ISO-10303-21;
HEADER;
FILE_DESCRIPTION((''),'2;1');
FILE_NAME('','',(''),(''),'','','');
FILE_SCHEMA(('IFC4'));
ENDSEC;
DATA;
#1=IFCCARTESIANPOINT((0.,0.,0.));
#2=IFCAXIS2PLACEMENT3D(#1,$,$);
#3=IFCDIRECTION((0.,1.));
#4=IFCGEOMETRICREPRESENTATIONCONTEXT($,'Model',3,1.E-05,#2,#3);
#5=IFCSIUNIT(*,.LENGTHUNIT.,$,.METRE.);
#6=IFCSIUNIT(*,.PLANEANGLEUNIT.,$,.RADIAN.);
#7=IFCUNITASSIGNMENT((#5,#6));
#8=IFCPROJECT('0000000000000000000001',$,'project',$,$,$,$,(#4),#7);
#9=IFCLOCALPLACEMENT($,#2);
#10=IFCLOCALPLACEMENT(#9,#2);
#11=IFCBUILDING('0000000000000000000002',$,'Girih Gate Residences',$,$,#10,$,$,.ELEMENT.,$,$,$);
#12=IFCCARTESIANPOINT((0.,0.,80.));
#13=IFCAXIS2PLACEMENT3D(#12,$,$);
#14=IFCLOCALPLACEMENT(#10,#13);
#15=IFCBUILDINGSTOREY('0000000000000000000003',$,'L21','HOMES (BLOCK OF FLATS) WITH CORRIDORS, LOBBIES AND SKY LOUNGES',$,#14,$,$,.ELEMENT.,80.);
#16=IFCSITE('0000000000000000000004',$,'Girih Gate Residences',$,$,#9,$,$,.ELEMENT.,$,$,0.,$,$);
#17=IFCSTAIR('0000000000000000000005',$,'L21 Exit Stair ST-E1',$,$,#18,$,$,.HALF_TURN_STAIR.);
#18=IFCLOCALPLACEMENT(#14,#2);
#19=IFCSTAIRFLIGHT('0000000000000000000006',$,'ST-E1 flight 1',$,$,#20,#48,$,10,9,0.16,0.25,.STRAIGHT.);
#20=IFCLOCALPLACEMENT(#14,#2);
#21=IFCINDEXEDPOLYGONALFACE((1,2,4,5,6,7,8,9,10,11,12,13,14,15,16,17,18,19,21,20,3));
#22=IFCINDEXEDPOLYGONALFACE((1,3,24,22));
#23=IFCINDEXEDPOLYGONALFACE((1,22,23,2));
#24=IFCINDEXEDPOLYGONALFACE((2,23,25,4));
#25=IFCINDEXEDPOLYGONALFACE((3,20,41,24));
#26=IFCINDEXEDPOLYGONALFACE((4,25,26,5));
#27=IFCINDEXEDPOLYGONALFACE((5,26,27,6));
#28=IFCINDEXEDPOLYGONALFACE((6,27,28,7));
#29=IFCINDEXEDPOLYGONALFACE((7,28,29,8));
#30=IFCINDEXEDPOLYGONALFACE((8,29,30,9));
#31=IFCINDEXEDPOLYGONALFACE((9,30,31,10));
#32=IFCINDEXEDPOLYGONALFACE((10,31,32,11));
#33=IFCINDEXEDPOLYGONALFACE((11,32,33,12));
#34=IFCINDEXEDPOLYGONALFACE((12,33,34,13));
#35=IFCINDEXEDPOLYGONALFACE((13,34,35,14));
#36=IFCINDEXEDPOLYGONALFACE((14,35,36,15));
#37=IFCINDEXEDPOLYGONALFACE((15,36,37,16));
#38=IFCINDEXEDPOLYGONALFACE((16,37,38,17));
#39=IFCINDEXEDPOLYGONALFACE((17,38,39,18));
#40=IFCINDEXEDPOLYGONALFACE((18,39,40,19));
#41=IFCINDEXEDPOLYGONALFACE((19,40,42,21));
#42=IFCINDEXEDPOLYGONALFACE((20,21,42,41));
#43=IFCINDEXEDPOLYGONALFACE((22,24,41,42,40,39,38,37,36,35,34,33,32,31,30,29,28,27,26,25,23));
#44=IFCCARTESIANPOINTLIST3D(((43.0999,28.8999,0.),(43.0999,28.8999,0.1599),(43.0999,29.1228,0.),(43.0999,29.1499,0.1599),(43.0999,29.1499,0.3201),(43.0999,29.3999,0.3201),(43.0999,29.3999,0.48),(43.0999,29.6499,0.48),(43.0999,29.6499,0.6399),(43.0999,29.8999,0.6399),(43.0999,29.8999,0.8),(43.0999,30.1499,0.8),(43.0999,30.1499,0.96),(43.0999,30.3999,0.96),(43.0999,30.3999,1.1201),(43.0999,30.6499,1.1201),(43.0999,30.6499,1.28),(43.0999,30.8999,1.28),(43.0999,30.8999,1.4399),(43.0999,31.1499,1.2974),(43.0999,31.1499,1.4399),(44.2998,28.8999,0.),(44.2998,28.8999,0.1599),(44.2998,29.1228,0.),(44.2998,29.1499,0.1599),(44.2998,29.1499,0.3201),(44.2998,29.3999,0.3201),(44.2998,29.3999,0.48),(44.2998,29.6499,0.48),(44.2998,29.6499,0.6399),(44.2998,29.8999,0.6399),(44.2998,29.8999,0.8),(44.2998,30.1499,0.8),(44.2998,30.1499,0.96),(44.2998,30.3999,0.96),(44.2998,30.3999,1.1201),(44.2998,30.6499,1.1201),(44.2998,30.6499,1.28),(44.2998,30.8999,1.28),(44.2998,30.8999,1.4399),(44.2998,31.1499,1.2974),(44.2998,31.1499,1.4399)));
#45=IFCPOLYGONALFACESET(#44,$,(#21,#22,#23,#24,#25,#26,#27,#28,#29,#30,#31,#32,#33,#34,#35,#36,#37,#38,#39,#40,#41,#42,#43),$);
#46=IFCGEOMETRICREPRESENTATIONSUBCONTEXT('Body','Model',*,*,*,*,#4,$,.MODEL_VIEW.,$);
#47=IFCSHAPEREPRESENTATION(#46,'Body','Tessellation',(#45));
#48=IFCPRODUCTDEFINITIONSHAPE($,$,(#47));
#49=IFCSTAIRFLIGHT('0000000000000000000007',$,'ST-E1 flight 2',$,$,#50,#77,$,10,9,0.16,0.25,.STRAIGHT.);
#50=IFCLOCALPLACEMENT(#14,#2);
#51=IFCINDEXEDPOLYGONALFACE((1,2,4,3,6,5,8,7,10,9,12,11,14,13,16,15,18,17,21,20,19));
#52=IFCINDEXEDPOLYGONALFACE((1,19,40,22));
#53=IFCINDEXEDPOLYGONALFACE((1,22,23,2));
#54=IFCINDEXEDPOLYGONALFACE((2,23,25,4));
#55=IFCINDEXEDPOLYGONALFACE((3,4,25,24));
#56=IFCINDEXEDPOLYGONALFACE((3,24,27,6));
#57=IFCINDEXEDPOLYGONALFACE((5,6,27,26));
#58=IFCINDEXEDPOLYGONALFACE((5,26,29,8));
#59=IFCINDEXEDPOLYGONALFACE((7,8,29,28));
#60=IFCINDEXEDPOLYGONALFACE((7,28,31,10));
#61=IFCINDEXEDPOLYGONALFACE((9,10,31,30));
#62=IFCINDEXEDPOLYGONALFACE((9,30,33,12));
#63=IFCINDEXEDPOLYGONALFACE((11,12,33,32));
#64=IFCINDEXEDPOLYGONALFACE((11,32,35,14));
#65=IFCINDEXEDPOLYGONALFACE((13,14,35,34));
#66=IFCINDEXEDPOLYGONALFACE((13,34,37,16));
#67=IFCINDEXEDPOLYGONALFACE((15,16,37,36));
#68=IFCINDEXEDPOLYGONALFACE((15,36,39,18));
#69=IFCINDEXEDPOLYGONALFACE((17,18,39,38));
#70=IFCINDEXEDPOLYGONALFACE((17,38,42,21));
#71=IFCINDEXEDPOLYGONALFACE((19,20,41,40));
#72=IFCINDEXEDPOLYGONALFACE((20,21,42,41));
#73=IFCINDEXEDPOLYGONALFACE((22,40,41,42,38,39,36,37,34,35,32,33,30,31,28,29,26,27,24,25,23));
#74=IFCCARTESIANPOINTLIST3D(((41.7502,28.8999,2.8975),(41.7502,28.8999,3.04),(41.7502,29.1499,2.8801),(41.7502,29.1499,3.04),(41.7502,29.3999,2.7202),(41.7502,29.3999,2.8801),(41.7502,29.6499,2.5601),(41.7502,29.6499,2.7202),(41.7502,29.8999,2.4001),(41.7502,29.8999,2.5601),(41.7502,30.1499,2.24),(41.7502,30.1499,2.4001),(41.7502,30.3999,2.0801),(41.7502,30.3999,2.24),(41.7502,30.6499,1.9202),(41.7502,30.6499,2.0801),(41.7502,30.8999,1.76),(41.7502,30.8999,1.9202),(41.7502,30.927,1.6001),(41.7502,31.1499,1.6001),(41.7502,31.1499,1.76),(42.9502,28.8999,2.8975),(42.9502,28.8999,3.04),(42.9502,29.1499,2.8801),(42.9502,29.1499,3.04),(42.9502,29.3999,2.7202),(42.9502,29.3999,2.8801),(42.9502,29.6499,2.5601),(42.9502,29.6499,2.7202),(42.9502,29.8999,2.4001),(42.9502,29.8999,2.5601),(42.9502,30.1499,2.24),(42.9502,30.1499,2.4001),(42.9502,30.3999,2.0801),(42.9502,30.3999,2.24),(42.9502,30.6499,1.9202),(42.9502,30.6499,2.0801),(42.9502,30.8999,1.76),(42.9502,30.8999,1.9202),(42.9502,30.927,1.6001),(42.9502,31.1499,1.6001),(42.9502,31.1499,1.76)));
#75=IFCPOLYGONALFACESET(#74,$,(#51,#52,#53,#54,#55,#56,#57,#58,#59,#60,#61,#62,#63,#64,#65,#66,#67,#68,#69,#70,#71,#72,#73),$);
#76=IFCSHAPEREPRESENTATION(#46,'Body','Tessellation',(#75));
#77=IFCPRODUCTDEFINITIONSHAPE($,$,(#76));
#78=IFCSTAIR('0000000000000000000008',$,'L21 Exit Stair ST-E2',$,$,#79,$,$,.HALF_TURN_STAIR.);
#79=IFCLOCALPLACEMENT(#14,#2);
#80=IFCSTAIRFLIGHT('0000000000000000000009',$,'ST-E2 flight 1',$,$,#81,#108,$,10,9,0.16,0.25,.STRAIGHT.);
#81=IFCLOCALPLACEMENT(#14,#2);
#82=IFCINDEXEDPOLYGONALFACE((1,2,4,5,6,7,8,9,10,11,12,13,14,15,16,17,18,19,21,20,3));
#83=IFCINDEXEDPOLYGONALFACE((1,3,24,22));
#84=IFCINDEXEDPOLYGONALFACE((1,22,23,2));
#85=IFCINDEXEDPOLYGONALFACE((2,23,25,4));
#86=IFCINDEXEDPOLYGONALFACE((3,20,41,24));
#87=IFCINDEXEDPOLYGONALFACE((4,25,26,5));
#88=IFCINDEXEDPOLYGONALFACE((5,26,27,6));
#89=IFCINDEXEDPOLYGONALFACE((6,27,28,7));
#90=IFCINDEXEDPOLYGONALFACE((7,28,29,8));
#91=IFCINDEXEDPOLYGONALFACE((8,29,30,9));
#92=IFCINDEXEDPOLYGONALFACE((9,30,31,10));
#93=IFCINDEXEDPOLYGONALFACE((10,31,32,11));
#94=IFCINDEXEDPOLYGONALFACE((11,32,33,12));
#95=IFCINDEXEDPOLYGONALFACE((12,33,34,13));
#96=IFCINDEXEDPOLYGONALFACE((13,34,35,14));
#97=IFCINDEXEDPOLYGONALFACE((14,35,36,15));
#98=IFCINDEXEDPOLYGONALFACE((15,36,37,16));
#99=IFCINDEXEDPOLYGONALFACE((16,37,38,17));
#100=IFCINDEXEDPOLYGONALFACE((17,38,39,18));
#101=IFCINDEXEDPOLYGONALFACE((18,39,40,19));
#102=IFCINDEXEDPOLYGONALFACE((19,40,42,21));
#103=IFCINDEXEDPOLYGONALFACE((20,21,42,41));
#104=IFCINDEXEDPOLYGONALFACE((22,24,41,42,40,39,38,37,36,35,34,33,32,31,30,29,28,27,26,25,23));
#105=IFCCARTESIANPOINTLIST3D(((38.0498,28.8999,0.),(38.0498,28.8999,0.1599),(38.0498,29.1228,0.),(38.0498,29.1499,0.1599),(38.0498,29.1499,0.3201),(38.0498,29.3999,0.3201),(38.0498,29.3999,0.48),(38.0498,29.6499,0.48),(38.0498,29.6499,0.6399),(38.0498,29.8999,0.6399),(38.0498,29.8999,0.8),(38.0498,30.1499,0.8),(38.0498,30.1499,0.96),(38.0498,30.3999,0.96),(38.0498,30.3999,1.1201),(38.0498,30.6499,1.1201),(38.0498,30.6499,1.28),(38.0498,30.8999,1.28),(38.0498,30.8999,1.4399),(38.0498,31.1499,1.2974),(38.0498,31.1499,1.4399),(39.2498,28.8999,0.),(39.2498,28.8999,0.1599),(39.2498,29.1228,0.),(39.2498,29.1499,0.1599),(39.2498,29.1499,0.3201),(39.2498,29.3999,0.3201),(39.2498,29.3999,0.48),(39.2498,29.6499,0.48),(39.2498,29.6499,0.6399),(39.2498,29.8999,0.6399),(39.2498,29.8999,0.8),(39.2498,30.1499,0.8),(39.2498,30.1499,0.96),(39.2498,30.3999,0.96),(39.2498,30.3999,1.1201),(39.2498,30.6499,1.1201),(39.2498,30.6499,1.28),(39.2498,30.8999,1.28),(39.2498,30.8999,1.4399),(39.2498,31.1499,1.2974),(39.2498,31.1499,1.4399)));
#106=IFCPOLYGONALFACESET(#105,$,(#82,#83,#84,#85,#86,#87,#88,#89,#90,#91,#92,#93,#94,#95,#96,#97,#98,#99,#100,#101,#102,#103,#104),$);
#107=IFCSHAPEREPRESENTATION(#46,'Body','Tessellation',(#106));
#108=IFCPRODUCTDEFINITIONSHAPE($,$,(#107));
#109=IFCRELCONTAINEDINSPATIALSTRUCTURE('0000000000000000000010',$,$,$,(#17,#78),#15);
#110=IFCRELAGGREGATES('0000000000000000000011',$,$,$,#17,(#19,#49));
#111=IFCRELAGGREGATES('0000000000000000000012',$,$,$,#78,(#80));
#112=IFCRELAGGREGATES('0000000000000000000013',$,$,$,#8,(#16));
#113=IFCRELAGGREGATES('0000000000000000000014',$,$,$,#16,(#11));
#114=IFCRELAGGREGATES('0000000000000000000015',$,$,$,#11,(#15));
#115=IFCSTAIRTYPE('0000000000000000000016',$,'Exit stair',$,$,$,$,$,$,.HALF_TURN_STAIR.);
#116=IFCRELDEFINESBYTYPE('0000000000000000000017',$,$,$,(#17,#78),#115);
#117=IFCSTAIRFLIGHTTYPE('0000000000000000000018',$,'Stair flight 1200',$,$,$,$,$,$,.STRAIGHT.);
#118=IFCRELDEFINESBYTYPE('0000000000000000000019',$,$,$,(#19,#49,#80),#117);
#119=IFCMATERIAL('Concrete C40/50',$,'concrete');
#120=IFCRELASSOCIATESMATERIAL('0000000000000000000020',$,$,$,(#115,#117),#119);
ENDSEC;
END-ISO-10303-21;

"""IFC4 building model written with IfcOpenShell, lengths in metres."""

from ifc_helpers import new_model, si_unit, direction, frame, origin, place, context, subcontext, project, spatial, polyline, outline, extrude, material, type_object, element, aggregate, save


model = new_model("IFC4")

# Units and contexts
model_context = context("Model", 3, precision=1e-05, world=origin(), true_north=direction((0.0, 1.0)))
body_context = subcontext(model_context, "Body", "Model", "MODEL_VIEW")
ifc_project = project(units=[si_unit("LENGTHUNIT", "METRE"), si_unit("PLANEANGLEUNIT", "RADIAN")], contexts=[model_context])

# Site, building, storey
site_placement = place(None, origin())
site = spatial("IfcSite", under=ifc_project, at=site_placement, Name="Girih Gate Residences", CompositionType="ELEMENT", RefElevation=0.0)
building_placement = place(site_placement, origin())
building = spatial("IfcBuilding", under=site, at=building_placement, Name="Girih Gate Residences", CompositionType="ELEMENT")
storey_placement = place(building_placement, frame((0.0, 0.0, 80.0)))
storey = spatial("IfcBuildingStorey", under=building, at=storey_placement, Name="L21", Description="HOMES (BLOCK OF FLATS) WITH CORRIDORS, LOBBIES AND SKY LOUNGES", CompositionType="ELEMENT", Elevation=80.0)

# Shared definitions
ifc_material_1 = material(Name="Concrete C40/50", Category="concrete")

# Stair, stair flights
stair_type = type_object("IfcStairType", Name="Exit stair", PredefinedType="HALF_TURN_STAIR", material=ifc_material_1)
stair_1_placement = place(storey_placement, origin())
stair_1 = element("IfcStair", 1, at=stair_1_placement, inside=storey, type_object=stair_type, Name="L21 Exit Stair ST-E1", PredefinedType="HALF_TURN_STAIR")
stair_flight_type = type_object("IfcStairFlightType", Name="Stair flight 1200", PredefinedType="STRAIGHT", material=ifc_material_1)
stair_flight_1_placement = place(storey_placement, frame((43.7, 28.8999, 0.0), z_axis=(0.0, 0.0, 1.0), x_axis=(0.0, 1.0, 0.0)))
stair_flight_1 = element("IfcStairFlight", 2, at=stair_flight_1_placement, type_object=stair_flight_type, Name="ST-E1 flight 1", NumberOfRisers=10, NumberOfTreads=9, PredefinedType="STRAIGHT", RiserHeight=0.16, TreadLength=0.25, context=body_context, shape_type="SweptSolid", body=[
    extrude(outline(polyline([(0.0, 0.0), (0.0, 0.1599), (0.25, 0.1599), (0.25, 0.3201), (0.5, 0.3201), (0.5, 0.48), (0.75, 0.48), (0.75, 0.6399), (1.0, 0.6399), (1.0, 0.8), (1.25, 0.8), (1.25, 0.96), (1.5, 0.96), (1.5, 1.1201), (1.75, 1.1201), (1.75, 1.28), (2.0, 1.28), (2.0, 1.4399), (2.25, 1.4399), (2.25, 1.6001), (2.25, 1.2974), (0.2229, 0.0), (0.0, 0.0)])), frame((0.0, 0.6001, 0.0), z_axis=(0.0, -1.0, 0.0), x_axis=(1.0, 0.0, 0.0)), (0.0, 0.0, 1.0), 1.2),
])
stair_flight_2_placement = place(storey_placement, frame((42.3501, 31.1499, 1.6001), z_axis=(0.0, 0.0, 1.0), x_axis=(0.0, -1.0, 0.0)))
stair_flight_2 = element("IfcStairFlight", 3, at=stair_flight_2_placement, type_object=stair_flight_type, Name="ST-E1 flight 2", NumberOfRisers=10, NumberOfTreads=9, PredefinedType="STRAIGHT", RiserHeight=0.16, TreadLength=0.25, context=body_context, shape_type="SweptSolid", body=[
    extrude(outline(polyline([(0.0, 0.0), (0.0, 0.1599), (0.25, 0.1599), (0.25, 0.3201), (0.5, 0.3201), (0.5, 0.48), (0.75, 0.48), (0.75, 0.6399), (1.0, 0.6399), (1.0, 0.8), (1.25, 0.8), (1.25, 0.96), (1.5, 0.96), (1.5, 1.1201), (1.75, 1.1201), (1.75, 1.28), (2.0, 1.28), (2.0, 1.4399), (2.25, 1.4399), (2.25, 1.6001), (2.25, 1.2974), (0.2229, 0.0), (0.0, 0.0)])), frame((0.0, 0.6001, 0.0), z_axis=(0.0, -1.0, 0.0), x_axis=(1.0, 0.0, 0.0)), (0.0, 0.0, 1.0), 1.2),
])
aggregate(stair_1, [stair_flight_1, stair_flight_2])

# Stair, stair flight
stair_2_placement = place(storey_placement, origin())
stair_2 = element("IfcStair", 4, at=stair_2_placement, inside=storey, type_object=stair_type, Name="L21 Exit Stair ST-E2", PredefinedType="HALF_TURN_STAIR")
stair_flight_3_placement = place(storey_placement, frame((38.6499, 28.8999, 0.0), z_axis=(0.0, 0.0, 1.0), x_axis=(0.0, 1.0, 0.0)))
stair_flight_3 = element("IfcStairFlight", 5, at=stair_flight_3_placement, type_object=stair_flight_type, Name="ST-E2 flight 1", NumberOfRisers=10, NumberOfTreads=9, PredefinedType="STRAIGHT", RiserHeight=0.16, TreadLength=0.25, context=body_context, shape_type="SweptSolid", body=[
    extrude(outline(polyline([(0.0, 0.0), (0.0, 0.1599), (0.25, 0.1599), (0.25, 0.3201), (0.5, 0.3201), (0.5, 0.48), (0.75, 0.48), (0.75, 0.6399), (1.0, 0.6399), (1.0, 0.8), (1.25, 0.8), (1.25, 0.96), (1.5, 0.96), (1.5, 1.1201), (1.75, 1.1201), (1.75, 1.28), (2.0, 1.28), (2.0, 1.4399), (2.25, 1.4399), (2.25, 1.6001), (2.25, 1.2974), (0.2229, 0.0), (0.0, 0.0)])), frame((0.0, 0.6001, 0.0), z_axis=(0.0, -1.0, 0.0), x_axis=(1.0, 0.0, 0.0)), (0.0, 0.0, 1.0), 1.2),
])
aggregate(stair_2, [stair_flight_3])

save(model, "model.ifc")
